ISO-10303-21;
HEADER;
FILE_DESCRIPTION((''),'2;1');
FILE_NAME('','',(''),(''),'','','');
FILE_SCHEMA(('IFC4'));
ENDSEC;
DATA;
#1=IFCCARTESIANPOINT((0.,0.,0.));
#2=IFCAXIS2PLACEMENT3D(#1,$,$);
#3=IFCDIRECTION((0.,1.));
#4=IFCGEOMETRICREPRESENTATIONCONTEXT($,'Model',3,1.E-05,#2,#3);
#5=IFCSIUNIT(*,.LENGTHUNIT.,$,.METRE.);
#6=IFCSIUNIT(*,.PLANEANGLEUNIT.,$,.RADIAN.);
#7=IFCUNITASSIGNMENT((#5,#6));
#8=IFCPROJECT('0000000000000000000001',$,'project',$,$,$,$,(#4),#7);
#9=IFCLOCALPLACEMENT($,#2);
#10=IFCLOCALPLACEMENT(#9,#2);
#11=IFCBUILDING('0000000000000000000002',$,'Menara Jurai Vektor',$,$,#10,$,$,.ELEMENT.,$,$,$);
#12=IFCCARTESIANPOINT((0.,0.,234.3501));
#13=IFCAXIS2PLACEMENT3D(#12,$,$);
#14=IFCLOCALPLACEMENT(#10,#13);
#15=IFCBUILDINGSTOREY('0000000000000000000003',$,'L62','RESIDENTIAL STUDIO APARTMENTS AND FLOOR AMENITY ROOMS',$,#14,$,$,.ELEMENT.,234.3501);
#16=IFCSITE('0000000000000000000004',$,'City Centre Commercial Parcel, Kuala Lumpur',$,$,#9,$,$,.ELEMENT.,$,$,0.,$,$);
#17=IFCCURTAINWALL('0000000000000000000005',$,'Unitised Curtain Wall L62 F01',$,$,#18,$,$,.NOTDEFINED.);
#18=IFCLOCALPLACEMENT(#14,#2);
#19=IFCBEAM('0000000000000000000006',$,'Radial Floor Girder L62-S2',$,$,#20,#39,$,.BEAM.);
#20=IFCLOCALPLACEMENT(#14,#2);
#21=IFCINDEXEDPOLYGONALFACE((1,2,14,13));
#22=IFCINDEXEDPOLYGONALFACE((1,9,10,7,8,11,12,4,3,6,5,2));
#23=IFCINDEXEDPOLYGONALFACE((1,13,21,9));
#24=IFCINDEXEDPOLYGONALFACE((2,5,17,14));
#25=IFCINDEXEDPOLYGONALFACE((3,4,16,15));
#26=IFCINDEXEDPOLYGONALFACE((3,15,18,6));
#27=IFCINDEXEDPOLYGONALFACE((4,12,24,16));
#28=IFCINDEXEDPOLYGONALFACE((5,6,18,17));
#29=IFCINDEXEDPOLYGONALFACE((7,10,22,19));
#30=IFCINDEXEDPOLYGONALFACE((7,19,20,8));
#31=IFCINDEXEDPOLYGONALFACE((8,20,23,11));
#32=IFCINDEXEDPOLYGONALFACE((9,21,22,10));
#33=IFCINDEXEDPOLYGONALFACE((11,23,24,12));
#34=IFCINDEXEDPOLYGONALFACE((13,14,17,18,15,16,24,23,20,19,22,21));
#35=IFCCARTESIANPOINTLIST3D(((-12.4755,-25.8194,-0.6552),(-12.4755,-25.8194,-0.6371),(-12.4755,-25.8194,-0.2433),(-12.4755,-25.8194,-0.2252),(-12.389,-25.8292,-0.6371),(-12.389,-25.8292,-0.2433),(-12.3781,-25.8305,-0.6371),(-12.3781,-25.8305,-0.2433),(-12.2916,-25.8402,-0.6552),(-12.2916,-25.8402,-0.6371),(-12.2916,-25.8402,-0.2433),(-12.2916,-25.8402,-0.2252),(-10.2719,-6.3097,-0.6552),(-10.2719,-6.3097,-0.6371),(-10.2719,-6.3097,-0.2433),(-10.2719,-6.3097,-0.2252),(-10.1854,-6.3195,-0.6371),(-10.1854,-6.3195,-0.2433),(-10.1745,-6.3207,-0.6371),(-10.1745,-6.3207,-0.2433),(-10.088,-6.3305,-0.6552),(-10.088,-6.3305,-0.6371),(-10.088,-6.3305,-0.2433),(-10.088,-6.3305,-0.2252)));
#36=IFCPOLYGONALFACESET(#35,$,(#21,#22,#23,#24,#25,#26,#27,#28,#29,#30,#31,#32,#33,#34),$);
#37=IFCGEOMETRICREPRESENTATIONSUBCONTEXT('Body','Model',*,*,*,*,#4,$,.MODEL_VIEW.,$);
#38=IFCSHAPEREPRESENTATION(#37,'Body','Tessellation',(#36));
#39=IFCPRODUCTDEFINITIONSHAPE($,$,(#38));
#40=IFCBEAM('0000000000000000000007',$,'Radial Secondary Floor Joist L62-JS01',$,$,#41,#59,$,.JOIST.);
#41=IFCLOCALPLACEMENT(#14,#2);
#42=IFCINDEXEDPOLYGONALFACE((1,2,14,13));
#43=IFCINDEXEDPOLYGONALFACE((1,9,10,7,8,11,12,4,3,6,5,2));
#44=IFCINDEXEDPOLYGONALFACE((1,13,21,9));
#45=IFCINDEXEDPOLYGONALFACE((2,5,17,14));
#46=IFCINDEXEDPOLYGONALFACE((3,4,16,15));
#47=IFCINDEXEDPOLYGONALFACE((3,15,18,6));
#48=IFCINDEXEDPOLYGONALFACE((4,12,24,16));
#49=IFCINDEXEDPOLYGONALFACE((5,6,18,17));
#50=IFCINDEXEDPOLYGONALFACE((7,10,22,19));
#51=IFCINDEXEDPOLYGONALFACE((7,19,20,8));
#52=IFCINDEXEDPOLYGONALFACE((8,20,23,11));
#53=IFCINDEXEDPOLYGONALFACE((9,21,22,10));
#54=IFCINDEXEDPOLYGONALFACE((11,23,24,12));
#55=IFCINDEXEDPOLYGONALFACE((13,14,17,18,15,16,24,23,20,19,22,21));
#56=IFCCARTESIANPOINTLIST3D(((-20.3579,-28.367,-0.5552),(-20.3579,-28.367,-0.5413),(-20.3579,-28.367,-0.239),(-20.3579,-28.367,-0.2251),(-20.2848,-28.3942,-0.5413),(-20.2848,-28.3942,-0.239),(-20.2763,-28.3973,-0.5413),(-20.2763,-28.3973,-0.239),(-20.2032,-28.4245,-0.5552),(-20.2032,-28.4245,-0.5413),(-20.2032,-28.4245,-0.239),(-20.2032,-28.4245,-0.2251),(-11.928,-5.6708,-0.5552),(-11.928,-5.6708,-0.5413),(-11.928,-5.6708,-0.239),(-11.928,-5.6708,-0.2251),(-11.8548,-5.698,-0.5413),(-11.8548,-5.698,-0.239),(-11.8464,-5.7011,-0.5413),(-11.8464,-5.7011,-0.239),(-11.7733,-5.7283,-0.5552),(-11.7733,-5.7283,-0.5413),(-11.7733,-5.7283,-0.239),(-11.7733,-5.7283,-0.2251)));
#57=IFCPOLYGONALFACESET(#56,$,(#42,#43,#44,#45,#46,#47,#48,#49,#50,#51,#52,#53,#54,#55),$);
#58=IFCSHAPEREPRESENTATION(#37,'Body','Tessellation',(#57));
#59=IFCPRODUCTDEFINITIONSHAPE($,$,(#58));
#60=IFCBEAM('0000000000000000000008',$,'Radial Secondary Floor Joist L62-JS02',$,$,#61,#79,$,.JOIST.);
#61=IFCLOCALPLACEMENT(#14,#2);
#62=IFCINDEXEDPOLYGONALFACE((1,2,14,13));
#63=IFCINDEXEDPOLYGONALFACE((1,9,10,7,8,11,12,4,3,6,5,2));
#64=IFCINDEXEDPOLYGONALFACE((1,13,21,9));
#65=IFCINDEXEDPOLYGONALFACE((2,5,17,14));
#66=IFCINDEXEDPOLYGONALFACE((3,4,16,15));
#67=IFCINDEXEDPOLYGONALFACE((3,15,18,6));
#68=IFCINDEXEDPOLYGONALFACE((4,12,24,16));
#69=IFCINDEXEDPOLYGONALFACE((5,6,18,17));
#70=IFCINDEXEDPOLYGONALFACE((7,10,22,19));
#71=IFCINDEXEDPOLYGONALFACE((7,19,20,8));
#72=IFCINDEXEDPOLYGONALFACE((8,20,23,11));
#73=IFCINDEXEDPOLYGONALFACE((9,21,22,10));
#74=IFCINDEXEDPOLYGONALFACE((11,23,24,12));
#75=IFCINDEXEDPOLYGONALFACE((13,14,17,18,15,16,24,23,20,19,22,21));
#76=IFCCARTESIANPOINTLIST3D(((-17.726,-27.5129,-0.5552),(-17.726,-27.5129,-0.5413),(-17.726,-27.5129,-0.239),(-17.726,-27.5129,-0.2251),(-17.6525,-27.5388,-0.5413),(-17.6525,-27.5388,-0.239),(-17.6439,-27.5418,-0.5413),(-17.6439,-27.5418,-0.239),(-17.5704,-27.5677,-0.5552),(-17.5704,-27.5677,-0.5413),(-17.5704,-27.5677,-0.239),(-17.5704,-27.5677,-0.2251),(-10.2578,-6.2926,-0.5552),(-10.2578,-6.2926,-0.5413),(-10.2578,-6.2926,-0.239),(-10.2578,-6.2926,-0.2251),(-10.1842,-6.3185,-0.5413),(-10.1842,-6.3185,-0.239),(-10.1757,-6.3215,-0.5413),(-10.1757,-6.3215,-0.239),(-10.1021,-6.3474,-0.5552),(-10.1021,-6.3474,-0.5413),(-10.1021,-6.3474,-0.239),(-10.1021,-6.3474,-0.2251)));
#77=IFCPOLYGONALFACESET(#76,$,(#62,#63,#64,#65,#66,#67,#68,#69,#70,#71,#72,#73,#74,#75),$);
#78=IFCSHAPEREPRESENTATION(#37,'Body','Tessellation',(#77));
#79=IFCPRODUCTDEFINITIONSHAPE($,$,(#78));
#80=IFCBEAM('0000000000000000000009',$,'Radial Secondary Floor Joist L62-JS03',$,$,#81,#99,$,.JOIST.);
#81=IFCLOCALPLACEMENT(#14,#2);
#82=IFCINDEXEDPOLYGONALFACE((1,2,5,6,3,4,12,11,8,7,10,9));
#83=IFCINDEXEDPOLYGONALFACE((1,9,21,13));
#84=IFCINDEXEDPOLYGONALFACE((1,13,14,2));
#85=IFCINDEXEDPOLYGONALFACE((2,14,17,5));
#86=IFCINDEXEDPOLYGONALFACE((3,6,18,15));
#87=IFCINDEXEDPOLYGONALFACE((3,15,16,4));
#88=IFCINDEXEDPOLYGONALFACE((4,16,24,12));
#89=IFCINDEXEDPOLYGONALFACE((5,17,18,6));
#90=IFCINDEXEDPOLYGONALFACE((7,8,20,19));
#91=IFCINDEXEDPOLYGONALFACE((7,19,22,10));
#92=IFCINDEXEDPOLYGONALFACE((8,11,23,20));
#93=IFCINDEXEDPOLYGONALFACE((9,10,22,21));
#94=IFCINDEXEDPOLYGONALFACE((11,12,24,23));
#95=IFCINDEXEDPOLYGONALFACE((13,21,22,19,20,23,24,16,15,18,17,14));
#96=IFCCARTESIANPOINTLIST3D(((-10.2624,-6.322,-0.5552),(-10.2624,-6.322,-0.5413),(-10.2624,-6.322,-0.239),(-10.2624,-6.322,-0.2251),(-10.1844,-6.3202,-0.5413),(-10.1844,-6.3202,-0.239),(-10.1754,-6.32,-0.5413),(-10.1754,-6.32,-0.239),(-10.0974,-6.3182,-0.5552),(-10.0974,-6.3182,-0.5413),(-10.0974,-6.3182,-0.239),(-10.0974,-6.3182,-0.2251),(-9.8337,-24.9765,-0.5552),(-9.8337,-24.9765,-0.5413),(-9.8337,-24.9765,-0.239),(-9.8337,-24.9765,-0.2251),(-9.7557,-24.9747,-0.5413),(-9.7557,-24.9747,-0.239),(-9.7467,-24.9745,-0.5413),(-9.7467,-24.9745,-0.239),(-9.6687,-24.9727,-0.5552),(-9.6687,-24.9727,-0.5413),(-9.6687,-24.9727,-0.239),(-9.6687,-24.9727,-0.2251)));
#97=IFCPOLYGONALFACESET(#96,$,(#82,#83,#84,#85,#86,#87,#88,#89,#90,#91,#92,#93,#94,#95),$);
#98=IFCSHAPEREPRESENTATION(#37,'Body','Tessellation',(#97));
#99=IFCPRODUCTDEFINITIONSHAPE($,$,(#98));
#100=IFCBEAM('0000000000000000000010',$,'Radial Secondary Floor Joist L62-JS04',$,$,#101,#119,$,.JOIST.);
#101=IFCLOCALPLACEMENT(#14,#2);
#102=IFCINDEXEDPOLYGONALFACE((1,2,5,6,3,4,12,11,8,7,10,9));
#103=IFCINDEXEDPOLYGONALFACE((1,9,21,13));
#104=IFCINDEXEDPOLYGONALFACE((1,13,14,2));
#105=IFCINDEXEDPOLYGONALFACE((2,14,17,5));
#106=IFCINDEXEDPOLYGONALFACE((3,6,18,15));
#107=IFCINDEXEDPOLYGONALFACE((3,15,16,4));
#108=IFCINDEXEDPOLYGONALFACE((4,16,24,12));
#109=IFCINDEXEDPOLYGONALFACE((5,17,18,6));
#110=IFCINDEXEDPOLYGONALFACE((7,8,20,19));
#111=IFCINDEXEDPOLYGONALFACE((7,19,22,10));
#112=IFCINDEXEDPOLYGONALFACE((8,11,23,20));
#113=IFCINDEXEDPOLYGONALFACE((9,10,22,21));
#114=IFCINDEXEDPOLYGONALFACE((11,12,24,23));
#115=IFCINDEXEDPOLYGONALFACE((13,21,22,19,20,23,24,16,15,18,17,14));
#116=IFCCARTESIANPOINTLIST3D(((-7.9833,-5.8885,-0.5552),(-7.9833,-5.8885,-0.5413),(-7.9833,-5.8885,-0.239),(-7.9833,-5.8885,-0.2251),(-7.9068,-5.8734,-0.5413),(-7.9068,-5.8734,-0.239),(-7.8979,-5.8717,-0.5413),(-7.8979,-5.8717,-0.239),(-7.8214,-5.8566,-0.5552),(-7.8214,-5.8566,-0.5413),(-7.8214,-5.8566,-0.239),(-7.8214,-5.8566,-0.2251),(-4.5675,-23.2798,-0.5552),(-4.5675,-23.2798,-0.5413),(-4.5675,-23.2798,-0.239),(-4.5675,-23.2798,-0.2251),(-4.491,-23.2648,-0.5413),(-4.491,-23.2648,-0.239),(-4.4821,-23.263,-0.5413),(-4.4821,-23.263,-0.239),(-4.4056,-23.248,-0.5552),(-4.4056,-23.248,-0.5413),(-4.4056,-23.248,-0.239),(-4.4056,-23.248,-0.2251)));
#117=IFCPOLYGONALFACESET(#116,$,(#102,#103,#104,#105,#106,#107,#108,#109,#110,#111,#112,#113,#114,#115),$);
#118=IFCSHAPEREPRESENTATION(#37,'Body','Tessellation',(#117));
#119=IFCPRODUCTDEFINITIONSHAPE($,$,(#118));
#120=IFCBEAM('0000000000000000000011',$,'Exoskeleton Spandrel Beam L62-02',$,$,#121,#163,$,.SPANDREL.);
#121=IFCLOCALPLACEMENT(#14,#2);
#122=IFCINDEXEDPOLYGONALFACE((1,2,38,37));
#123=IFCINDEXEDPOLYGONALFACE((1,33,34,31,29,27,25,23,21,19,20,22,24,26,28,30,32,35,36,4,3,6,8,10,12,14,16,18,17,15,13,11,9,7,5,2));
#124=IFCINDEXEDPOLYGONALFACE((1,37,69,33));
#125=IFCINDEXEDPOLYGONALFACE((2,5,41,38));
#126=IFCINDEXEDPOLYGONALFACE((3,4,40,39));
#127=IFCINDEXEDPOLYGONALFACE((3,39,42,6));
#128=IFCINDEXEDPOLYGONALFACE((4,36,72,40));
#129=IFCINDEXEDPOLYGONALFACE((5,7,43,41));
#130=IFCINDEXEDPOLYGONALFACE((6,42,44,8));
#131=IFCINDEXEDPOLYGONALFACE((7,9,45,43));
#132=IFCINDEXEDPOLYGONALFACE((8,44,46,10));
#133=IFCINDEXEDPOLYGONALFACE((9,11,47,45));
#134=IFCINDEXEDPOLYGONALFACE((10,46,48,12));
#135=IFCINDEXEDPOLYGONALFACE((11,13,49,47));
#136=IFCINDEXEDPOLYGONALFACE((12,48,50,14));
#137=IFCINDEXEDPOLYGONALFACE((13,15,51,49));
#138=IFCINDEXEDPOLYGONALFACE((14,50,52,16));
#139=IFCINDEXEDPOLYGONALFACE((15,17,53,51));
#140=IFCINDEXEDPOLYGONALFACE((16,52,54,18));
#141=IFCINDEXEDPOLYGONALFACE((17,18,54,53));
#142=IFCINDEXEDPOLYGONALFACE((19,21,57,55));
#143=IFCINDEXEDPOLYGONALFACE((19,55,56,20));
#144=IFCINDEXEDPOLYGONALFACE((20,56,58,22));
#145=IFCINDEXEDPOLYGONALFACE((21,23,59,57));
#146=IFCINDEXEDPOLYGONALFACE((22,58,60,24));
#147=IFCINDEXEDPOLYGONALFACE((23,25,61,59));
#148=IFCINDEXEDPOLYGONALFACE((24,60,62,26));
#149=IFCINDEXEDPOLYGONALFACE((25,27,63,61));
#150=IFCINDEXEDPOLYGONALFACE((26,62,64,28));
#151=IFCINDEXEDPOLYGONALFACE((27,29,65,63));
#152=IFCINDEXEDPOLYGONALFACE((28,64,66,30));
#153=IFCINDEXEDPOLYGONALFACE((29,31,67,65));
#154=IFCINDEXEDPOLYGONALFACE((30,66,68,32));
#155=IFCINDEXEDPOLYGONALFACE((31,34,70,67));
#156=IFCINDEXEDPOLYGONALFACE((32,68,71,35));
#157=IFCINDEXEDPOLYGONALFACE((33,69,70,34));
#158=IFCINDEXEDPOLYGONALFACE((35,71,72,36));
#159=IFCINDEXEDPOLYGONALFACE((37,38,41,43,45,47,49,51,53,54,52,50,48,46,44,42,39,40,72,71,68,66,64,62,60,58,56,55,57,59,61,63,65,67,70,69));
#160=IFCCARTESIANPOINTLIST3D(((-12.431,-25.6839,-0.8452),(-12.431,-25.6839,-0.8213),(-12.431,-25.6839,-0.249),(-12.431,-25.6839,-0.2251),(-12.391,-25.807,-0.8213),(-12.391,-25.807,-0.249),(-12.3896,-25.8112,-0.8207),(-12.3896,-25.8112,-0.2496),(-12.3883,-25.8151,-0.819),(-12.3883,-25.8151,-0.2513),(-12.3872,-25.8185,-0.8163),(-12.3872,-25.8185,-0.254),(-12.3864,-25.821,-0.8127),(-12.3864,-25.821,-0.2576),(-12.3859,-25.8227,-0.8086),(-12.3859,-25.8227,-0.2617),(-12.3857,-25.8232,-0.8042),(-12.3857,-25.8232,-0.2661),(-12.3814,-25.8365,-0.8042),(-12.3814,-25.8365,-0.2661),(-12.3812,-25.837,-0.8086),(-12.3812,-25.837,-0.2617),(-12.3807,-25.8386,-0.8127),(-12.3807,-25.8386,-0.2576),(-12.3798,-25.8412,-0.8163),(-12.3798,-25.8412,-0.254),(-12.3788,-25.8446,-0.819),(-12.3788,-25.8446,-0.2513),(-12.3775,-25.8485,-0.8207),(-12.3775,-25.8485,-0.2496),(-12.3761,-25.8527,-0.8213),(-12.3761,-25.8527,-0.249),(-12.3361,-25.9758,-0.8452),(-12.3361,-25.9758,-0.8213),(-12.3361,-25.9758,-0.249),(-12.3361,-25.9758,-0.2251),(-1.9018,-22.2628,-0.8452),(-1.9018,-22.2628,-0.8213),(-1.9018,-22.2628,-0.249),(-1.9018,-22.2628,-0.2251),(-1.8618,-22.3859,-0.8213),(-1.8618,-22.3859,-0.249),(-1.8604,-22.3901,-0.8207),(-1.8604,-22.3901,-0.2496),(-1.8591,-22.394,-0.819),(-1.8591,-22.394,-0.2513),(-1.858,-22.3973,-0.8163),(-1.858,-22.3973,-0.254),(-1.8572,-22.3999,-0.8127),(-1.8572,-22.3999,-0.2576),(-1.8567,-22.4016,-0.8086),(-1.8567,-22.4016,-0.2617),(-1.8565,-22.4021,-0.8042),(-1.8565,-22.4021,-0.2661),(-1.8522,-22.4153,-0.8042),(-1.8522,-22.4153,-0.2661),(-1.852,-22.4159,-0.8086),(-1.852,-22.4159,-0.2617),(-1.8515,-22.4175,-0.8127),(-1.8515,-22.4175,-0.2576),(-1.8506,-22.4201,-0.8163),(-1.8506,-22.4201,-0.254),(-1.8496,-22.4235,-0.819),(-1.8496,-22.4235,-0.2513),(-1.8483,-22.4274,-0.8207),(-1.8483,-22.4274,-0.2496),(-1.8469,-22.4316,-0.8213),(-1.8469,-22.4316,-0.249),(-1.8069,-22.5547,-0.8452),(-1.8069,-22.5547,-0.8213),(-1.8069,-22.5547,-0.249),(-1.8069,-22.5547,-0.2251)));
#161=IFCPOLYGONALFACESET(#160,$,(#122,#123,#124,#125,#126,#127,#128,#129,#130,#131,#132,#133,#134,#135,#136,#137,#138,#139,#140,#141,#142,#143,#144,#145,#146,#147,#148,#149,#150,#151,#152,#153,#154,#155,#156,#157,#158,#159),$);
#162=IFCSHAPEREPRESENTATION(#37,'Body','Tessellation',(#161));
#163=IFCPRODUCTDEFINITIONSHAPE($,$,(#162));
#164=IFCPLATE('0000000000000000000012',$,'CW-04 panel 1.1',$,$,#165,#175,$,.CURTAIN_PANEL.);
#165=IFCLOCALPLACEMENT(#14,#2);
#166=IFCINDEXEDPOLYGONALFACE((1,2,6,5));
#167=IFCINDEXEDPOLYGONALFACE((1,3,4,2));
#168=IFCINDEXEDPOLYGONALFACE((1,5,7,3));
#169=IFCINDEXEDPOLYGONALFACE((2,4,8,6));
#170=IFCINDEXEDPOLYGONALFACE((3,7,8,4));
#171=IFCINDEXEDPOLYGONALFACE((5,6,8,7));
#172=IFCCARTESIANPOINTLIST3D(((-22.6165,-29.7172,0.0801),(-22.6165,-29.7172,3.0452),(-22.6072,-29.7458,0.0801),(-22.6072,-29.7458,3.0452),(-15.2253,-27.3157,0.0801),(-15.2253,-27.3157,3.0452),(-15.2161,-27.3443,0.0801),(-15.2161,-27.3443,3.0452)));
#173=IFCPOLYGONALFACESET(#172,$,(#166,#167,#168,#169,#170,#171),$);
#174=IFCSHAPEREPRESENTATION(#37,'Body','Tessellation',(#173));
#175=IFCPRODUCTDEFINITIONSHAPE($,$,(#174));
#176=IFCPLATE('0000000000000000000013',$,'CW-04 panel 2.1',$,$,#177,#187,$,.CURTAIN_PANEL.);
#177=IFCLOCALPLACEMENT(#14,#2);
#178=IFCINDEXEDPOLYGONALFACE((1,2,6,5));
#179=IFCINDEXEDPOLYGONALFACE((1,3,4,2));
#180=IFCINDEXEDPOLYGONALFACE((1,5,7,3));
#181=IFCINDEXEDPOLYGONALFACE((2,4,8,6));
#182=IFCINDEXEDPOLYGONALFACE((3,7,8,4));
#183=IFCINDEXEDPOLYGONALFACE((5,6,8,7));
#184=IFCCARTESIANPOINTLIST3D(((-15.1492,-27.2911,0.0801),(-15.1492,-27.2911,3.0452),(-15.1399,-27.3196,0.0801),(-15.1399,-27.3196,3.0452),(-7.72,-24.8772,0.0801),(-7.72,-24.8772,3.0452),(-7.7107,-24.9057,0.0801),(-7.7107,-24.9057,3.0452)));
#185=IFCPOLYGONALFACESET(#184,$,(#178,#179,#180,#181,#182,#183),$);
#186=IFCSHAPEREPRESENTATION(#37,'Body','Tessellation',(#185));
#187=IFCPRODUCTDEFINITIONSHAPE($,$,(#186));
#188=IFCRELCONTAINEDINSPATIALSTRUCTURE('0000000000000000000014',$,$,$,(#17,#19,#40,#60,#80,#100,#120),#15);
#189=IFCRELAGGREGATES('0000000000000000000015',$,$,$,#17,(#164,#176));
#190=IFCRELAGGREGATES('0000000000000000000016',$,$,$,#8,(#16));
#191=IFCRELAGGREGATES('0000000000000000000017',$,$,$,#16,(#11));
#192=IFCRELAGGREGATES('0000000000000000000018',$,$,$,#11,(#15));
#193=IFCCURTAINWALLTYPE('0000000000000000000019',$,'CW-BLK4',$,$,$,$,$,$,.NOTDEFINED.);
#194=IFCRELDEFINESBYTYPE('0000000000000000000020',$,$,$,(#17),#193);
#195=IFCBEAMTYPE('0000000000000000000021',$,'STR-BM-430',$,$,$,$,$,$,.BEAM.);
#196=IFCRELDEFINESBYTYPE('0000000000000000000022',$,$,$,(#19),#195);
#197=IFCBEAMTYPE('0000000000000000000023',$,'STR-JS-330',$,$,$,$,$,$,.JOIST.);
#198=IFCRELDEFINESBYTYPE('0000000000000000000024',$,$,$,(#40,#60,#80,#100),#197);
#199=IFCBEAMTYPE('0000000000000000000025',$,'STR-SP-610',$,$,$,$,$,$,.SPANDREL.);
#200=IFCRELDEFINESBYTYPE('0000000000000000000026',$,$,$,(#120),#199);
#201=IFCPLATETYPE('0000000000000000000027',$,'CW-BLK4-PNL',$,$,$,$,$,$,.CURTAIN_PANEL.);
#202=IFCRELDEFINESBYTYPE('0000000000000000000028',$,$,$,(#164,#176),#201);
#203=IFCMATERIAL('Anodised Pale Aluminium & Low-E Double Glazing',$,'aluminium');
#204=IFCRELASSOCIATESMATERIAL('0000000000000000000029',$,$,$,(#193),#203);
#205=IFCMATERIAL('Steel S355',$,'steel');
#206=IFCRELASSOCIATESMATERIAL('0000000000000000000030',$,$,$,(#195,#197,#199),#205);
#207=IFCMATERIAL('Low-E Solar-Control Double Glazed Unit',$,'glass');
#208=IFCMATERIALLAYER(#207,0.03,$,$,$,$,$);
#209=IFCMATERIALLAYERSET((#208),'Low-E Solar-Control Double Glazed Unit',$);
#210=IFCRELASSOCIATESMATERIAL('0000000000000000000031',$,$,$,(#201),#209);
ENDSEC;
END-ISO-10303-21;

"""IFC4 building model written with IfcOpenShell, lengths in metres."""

from ifc_helpers import new_model, si_unit, direction, frame, origin, origin_2d, place, context, subcontext, project, spatial, rectangle, i_section, extrude, material, layer, layer_set, material_profile, profile_set, type_object, element, aggregate, save


model = new_model("IFC4")

# Units and contexts
model_context = context("Model", 3, precision=1e-05, world=origin(), true_north=direction((0.0, 1.0)))
body_context = subcontext(model_context, "Body", "Model", "MODEL_VIEW")
ifc_project = project(units=[si_unit("LENGTHUNIT", "METRE"), si_unit("PLANEANGLEUNIT", "RADIAN")], contexts=[model_context])

# Site, building, storey
site_placement = place(None, origin())
site = spatial("IfcSite", under=ifc_project, at=site_placement, Name="City Centre Commercial Parcel, Kuala Lumpur", CompositionType="ELEMENT", RefElevation=0.0)
building_placement = place(site_placement, origin())
building = spatial("IfcBuilding", under=site, at=building_placement, Name="Menara Jurai Vektor", CompositionType="ELEMENT")
storey_placement = place(building_placement, frame((0.0, 0.0, 234.3501)))
storey = spatial("IfcBuildingStorey", under=building, at=storey_placement, Name="L62", Description="RESIDENTIAL STUDIO APARTMENTS AND FLOOR AMENITY ROOMS", CompositionType="ELEMENT", Elevation=234.3501)

# Curtain wall
ifc_material_1 = material(Name="Anodised Pale Aluminium & Low-E Double Glazing", Category="aluminium")
curtain_wall_type = type_object("IfcCurtainWallType", Name="CW-BLK4", PredefinedType="NOTDEFINED", material=ifc_material_1)
curtain_wall_placement = place(storey_placement, origin())
curtain_wall = element("IfcCurtainWall", 1, at=curtain_wall_placement, inside=storey, type_object=curtain_wall_type, Name="Unitised Curtain Wall L62 F01", PredefinedType="NOTDEFINED")

# Beams
ifc_material_2 = material(Name="Steel S355", Category="steel")
ifc_material_profile_1 = material_profile(ifc_material_2, i_section(OverallWidth=0.1851, OverallDepth=0.4299, WebThickness=0.011, FlangeThickness=0.0181, at=origin_2d()), Name="PG 430x185x76")
ifc_profile_set_1 = profile_set([ifc_material_profile_1], Name="Steel S355")
beam_type_1 = type_object("IfcBeamType", Name="STR-BM-430", PredefinedType="BEAM", material=ifc_profile_set_1)
beam_1_placement = place(storey_placement, frame((-12.3835, -25.8298, -0.4402), z_axis=(0.112236, 0.993682, 0.0), x_axis=(-0.993682, 0.112236, 0.0)))
element("IfcBeam", 2, at=beam_1_placement, inside=storey, type_object=beam_type_1, Name="Radial Floor Girder L62-S2", PredefinedType="BEAM", context=body_context, shape_type="SweptSolid", body=[
    extrude(i_section(OverallWidth=0.1851, OverallDepth=0.4299, WebThickness=0.011, FlangeThickness=0.0181, at=origin_2d()), origin(), (0.0, 0.0, 1.0), 19.6338),
])
ifc_material_profile_2 = material_profile(ifc_material_2, i_section(OverallWidth=0.165, OverallDepth=0.3301, WebThickness=0.009, FlangeThickness=0.0139, at=origin_2d()), Name="PG 330x165x46")
ifc_profile_set_2 = profile_set([ifc_material_profile_2], Name="Steel S355")
beam_type_2 = type_object("IfcBeamType", Name="STR-JS-330", PredefinedType="JOIST", material=ifc_profile_set_2)
beam_2_placement = place(storey_placement, frame((-20.2805, -28.3958, -0.3901), z_axis=(0.348182, 0.937427, 0.0), x_axis=(-0.937427, 0.348182, 0.0)))
element("IfcBeam", 3, at=beam_2_placement, inside=storey, type_object=beam_type_2, Name="Radial Secondary Floor Joist L62-JS01", PredefinedType="JOIST", context=body_context, shape_type="SweptSolid", body=[
    extrude(i_section(OverallWidth=0.165, OverallDepth=0.3301, WebThickness=0.009, FlangeThickness=0.0139, at=origin_2d()), origin(), (0.0, 0.0, 1.0), 24.2112),
])
beam_3_placement = place(storey_placement, frame((-17.6482, -27.5403, -0.3901), z_axis=(0.331981, 0.943286, 0.0), x_axis=(-0.943286, 0.331981, 0.0)))
element("IfcBeam", 4, at=beam_3_placement, inside=storey, type_object=beam_type_2, Name="Radial Secondary Floor Joist L62-JS02", PredefinedType="JOIST", context=body_context, shape_type="SweptSolid", body=[
    extrude(i_section(OverallWidth=0.165, OverallDepth=0.3301, WebThickness=0.009, FlangeThickness=0.0139, at=origin_2d()), origin(), (0.0, 0.0, 1.0), 22.4961),
])
beam_4_placement = place(storey_placement, frame((-9.7512, -24.9746, -0.3901), z_axis=(-0.022976, 0.999736, 0.0), x_axis=(-0.999736, -0.022976, 0.0)))
element("IfcBeam", 5, at=beam_4_placement, inside=storey, type_object=beam_type_2, Name="Radial Secondary Floor Joist L62-JS03", PredefinedType="JOIST", context=body_context, shape_type="SweptSolid", body=[
    extrude(i_section(OverallWidth=0.165, OverallDepth=0.3301, WebThickness=0.009, FlangeThickness=0.0139, at=origin_2d()), origin(), (0.0, 0.0, 1.0), 18.6594),
])
beam_5_placement = place(storey_placement, frame((-4.4866, -23.2639, -0.3901), z_axis=(-0.192724, 0.981253, 0.0), x_axis=(-0.981253, -0.192724, 0.0)))
element("IfcBeam", 6, at=beam_5_placement, inside=storey, type_object=beam_type_2, Name="Radial Secondary Floor Joist L62-JS04", PredefinedType="JOIST", context=body_context, shape_type="SweptSolid", body=[
    extrude(i_section(OverallWidth=0.165, OverallDepth=0.3301, WebThickness=0.009, FlangeThickness=0.0139, at=origin_2d()), origin(), (0.0, 0.0, 1.0), 17.7236),
])
ifc_material_profile_3 = material_profile(ifc_material_2, i_section(OverallWidth=0.3069, OverallDepth=0.6201, WebThickness=0.0139, FlangeThickness=0.0239, FilletRadius=0.0171, at=origin_2d()), Name="UKB 610x305x179")
ifc_profile_set_3 = profile_set([ifc_material_profile_3], Name="Steel S355")
beam_type_3 = type_object("IfcBeamType", Name="STR-SP-610", PredefinedType="SPANDREL", material=ifc_profile_set_3)
beam_6_placement = place(storey_placement, frame((-12.3835, -25.8298, -0.5352), z_axis=(0.951057, 0.309014, 0.0), x_axis=(-0.309014, 0.951057, 0.0)))
element("IfcBeam", 7, at=beam_6_placement, inside=storey, type_object=beam_type_3, Name="Exoskeleton Spandrel Beam L62-02", PredefinedType="SPANDREL", context=body_context, shape_type="SweptSolid", body=[
    extrude(i_section(OverallWidth=0.3069, OverallDepth=0.6201, WebThickness=0.0139, FlangeThickness=0.0239, FilletRadius=0.0171, at=origin_2d()), origin(), (0.0, 0.0, 1.0), 11.071),
])

# Plates
ifc_material_3 = material(Name="Low-E Solar-Control Double Glazed Unit", Category="glass")
ifc_layer_1 = layer(ifc_material_3, 0.03)
ifc_layer_set_1 = layer_set([ifc_layer_1], Name="Low-E Solar-Control Double Glazed Unit")
plate_type_1 = type_object("IfcPlateType", Name="CW-BLK4-PNL", PredefinedType="CURTAIN_PANEL", material=ifc_layer_set_1)
plate_1_placement = place(storey_placement, frame((-18.9163, -28.5308, 0.0801), z_axis=(0.0, 0.0, 1.0), x_axis=(0.951056, 0.309017, 0.0)))
plate_1 = element("IfcPlate", 8, at=plate_1_placement, type_object=plate_type_1, Name="CW-04 panel 1.1", PredefinedType="CURTAIN_PANEL", context=body_context, shape_type="SweptSolid", body=[
    extrude(rectangle(XDim=7.7715, YDim=0.03, at=origin_2d()), origin(), (0.0, 0.0, 1.0), 2.9651),
])
plate_2_placement = place(storey_placement, frame((-11.4299, -26.0984, 0.0801), z_axis=(0.0, 0.0, 1.0), x_axis=(0.951056, 0.309017, 0.0)))
plate_2 = element("IfcPlate", 9, at=plate_2_placement, type_object=plate_type_1, Name="CW-04 panel 2.1", PredefinedType="CURTAIN_PANEL", context=body_context, shape_type="SweptSolid", body=[
    extrude(rectangle(XDim=7.8115, YDim=0.03, at=origin_2d()), origin(), (0.0, 0.0, 1.0), 2.9651),
])
aggregate(curtain_wall, [plate_1, plate_2])

save(model, "model.ifc")
